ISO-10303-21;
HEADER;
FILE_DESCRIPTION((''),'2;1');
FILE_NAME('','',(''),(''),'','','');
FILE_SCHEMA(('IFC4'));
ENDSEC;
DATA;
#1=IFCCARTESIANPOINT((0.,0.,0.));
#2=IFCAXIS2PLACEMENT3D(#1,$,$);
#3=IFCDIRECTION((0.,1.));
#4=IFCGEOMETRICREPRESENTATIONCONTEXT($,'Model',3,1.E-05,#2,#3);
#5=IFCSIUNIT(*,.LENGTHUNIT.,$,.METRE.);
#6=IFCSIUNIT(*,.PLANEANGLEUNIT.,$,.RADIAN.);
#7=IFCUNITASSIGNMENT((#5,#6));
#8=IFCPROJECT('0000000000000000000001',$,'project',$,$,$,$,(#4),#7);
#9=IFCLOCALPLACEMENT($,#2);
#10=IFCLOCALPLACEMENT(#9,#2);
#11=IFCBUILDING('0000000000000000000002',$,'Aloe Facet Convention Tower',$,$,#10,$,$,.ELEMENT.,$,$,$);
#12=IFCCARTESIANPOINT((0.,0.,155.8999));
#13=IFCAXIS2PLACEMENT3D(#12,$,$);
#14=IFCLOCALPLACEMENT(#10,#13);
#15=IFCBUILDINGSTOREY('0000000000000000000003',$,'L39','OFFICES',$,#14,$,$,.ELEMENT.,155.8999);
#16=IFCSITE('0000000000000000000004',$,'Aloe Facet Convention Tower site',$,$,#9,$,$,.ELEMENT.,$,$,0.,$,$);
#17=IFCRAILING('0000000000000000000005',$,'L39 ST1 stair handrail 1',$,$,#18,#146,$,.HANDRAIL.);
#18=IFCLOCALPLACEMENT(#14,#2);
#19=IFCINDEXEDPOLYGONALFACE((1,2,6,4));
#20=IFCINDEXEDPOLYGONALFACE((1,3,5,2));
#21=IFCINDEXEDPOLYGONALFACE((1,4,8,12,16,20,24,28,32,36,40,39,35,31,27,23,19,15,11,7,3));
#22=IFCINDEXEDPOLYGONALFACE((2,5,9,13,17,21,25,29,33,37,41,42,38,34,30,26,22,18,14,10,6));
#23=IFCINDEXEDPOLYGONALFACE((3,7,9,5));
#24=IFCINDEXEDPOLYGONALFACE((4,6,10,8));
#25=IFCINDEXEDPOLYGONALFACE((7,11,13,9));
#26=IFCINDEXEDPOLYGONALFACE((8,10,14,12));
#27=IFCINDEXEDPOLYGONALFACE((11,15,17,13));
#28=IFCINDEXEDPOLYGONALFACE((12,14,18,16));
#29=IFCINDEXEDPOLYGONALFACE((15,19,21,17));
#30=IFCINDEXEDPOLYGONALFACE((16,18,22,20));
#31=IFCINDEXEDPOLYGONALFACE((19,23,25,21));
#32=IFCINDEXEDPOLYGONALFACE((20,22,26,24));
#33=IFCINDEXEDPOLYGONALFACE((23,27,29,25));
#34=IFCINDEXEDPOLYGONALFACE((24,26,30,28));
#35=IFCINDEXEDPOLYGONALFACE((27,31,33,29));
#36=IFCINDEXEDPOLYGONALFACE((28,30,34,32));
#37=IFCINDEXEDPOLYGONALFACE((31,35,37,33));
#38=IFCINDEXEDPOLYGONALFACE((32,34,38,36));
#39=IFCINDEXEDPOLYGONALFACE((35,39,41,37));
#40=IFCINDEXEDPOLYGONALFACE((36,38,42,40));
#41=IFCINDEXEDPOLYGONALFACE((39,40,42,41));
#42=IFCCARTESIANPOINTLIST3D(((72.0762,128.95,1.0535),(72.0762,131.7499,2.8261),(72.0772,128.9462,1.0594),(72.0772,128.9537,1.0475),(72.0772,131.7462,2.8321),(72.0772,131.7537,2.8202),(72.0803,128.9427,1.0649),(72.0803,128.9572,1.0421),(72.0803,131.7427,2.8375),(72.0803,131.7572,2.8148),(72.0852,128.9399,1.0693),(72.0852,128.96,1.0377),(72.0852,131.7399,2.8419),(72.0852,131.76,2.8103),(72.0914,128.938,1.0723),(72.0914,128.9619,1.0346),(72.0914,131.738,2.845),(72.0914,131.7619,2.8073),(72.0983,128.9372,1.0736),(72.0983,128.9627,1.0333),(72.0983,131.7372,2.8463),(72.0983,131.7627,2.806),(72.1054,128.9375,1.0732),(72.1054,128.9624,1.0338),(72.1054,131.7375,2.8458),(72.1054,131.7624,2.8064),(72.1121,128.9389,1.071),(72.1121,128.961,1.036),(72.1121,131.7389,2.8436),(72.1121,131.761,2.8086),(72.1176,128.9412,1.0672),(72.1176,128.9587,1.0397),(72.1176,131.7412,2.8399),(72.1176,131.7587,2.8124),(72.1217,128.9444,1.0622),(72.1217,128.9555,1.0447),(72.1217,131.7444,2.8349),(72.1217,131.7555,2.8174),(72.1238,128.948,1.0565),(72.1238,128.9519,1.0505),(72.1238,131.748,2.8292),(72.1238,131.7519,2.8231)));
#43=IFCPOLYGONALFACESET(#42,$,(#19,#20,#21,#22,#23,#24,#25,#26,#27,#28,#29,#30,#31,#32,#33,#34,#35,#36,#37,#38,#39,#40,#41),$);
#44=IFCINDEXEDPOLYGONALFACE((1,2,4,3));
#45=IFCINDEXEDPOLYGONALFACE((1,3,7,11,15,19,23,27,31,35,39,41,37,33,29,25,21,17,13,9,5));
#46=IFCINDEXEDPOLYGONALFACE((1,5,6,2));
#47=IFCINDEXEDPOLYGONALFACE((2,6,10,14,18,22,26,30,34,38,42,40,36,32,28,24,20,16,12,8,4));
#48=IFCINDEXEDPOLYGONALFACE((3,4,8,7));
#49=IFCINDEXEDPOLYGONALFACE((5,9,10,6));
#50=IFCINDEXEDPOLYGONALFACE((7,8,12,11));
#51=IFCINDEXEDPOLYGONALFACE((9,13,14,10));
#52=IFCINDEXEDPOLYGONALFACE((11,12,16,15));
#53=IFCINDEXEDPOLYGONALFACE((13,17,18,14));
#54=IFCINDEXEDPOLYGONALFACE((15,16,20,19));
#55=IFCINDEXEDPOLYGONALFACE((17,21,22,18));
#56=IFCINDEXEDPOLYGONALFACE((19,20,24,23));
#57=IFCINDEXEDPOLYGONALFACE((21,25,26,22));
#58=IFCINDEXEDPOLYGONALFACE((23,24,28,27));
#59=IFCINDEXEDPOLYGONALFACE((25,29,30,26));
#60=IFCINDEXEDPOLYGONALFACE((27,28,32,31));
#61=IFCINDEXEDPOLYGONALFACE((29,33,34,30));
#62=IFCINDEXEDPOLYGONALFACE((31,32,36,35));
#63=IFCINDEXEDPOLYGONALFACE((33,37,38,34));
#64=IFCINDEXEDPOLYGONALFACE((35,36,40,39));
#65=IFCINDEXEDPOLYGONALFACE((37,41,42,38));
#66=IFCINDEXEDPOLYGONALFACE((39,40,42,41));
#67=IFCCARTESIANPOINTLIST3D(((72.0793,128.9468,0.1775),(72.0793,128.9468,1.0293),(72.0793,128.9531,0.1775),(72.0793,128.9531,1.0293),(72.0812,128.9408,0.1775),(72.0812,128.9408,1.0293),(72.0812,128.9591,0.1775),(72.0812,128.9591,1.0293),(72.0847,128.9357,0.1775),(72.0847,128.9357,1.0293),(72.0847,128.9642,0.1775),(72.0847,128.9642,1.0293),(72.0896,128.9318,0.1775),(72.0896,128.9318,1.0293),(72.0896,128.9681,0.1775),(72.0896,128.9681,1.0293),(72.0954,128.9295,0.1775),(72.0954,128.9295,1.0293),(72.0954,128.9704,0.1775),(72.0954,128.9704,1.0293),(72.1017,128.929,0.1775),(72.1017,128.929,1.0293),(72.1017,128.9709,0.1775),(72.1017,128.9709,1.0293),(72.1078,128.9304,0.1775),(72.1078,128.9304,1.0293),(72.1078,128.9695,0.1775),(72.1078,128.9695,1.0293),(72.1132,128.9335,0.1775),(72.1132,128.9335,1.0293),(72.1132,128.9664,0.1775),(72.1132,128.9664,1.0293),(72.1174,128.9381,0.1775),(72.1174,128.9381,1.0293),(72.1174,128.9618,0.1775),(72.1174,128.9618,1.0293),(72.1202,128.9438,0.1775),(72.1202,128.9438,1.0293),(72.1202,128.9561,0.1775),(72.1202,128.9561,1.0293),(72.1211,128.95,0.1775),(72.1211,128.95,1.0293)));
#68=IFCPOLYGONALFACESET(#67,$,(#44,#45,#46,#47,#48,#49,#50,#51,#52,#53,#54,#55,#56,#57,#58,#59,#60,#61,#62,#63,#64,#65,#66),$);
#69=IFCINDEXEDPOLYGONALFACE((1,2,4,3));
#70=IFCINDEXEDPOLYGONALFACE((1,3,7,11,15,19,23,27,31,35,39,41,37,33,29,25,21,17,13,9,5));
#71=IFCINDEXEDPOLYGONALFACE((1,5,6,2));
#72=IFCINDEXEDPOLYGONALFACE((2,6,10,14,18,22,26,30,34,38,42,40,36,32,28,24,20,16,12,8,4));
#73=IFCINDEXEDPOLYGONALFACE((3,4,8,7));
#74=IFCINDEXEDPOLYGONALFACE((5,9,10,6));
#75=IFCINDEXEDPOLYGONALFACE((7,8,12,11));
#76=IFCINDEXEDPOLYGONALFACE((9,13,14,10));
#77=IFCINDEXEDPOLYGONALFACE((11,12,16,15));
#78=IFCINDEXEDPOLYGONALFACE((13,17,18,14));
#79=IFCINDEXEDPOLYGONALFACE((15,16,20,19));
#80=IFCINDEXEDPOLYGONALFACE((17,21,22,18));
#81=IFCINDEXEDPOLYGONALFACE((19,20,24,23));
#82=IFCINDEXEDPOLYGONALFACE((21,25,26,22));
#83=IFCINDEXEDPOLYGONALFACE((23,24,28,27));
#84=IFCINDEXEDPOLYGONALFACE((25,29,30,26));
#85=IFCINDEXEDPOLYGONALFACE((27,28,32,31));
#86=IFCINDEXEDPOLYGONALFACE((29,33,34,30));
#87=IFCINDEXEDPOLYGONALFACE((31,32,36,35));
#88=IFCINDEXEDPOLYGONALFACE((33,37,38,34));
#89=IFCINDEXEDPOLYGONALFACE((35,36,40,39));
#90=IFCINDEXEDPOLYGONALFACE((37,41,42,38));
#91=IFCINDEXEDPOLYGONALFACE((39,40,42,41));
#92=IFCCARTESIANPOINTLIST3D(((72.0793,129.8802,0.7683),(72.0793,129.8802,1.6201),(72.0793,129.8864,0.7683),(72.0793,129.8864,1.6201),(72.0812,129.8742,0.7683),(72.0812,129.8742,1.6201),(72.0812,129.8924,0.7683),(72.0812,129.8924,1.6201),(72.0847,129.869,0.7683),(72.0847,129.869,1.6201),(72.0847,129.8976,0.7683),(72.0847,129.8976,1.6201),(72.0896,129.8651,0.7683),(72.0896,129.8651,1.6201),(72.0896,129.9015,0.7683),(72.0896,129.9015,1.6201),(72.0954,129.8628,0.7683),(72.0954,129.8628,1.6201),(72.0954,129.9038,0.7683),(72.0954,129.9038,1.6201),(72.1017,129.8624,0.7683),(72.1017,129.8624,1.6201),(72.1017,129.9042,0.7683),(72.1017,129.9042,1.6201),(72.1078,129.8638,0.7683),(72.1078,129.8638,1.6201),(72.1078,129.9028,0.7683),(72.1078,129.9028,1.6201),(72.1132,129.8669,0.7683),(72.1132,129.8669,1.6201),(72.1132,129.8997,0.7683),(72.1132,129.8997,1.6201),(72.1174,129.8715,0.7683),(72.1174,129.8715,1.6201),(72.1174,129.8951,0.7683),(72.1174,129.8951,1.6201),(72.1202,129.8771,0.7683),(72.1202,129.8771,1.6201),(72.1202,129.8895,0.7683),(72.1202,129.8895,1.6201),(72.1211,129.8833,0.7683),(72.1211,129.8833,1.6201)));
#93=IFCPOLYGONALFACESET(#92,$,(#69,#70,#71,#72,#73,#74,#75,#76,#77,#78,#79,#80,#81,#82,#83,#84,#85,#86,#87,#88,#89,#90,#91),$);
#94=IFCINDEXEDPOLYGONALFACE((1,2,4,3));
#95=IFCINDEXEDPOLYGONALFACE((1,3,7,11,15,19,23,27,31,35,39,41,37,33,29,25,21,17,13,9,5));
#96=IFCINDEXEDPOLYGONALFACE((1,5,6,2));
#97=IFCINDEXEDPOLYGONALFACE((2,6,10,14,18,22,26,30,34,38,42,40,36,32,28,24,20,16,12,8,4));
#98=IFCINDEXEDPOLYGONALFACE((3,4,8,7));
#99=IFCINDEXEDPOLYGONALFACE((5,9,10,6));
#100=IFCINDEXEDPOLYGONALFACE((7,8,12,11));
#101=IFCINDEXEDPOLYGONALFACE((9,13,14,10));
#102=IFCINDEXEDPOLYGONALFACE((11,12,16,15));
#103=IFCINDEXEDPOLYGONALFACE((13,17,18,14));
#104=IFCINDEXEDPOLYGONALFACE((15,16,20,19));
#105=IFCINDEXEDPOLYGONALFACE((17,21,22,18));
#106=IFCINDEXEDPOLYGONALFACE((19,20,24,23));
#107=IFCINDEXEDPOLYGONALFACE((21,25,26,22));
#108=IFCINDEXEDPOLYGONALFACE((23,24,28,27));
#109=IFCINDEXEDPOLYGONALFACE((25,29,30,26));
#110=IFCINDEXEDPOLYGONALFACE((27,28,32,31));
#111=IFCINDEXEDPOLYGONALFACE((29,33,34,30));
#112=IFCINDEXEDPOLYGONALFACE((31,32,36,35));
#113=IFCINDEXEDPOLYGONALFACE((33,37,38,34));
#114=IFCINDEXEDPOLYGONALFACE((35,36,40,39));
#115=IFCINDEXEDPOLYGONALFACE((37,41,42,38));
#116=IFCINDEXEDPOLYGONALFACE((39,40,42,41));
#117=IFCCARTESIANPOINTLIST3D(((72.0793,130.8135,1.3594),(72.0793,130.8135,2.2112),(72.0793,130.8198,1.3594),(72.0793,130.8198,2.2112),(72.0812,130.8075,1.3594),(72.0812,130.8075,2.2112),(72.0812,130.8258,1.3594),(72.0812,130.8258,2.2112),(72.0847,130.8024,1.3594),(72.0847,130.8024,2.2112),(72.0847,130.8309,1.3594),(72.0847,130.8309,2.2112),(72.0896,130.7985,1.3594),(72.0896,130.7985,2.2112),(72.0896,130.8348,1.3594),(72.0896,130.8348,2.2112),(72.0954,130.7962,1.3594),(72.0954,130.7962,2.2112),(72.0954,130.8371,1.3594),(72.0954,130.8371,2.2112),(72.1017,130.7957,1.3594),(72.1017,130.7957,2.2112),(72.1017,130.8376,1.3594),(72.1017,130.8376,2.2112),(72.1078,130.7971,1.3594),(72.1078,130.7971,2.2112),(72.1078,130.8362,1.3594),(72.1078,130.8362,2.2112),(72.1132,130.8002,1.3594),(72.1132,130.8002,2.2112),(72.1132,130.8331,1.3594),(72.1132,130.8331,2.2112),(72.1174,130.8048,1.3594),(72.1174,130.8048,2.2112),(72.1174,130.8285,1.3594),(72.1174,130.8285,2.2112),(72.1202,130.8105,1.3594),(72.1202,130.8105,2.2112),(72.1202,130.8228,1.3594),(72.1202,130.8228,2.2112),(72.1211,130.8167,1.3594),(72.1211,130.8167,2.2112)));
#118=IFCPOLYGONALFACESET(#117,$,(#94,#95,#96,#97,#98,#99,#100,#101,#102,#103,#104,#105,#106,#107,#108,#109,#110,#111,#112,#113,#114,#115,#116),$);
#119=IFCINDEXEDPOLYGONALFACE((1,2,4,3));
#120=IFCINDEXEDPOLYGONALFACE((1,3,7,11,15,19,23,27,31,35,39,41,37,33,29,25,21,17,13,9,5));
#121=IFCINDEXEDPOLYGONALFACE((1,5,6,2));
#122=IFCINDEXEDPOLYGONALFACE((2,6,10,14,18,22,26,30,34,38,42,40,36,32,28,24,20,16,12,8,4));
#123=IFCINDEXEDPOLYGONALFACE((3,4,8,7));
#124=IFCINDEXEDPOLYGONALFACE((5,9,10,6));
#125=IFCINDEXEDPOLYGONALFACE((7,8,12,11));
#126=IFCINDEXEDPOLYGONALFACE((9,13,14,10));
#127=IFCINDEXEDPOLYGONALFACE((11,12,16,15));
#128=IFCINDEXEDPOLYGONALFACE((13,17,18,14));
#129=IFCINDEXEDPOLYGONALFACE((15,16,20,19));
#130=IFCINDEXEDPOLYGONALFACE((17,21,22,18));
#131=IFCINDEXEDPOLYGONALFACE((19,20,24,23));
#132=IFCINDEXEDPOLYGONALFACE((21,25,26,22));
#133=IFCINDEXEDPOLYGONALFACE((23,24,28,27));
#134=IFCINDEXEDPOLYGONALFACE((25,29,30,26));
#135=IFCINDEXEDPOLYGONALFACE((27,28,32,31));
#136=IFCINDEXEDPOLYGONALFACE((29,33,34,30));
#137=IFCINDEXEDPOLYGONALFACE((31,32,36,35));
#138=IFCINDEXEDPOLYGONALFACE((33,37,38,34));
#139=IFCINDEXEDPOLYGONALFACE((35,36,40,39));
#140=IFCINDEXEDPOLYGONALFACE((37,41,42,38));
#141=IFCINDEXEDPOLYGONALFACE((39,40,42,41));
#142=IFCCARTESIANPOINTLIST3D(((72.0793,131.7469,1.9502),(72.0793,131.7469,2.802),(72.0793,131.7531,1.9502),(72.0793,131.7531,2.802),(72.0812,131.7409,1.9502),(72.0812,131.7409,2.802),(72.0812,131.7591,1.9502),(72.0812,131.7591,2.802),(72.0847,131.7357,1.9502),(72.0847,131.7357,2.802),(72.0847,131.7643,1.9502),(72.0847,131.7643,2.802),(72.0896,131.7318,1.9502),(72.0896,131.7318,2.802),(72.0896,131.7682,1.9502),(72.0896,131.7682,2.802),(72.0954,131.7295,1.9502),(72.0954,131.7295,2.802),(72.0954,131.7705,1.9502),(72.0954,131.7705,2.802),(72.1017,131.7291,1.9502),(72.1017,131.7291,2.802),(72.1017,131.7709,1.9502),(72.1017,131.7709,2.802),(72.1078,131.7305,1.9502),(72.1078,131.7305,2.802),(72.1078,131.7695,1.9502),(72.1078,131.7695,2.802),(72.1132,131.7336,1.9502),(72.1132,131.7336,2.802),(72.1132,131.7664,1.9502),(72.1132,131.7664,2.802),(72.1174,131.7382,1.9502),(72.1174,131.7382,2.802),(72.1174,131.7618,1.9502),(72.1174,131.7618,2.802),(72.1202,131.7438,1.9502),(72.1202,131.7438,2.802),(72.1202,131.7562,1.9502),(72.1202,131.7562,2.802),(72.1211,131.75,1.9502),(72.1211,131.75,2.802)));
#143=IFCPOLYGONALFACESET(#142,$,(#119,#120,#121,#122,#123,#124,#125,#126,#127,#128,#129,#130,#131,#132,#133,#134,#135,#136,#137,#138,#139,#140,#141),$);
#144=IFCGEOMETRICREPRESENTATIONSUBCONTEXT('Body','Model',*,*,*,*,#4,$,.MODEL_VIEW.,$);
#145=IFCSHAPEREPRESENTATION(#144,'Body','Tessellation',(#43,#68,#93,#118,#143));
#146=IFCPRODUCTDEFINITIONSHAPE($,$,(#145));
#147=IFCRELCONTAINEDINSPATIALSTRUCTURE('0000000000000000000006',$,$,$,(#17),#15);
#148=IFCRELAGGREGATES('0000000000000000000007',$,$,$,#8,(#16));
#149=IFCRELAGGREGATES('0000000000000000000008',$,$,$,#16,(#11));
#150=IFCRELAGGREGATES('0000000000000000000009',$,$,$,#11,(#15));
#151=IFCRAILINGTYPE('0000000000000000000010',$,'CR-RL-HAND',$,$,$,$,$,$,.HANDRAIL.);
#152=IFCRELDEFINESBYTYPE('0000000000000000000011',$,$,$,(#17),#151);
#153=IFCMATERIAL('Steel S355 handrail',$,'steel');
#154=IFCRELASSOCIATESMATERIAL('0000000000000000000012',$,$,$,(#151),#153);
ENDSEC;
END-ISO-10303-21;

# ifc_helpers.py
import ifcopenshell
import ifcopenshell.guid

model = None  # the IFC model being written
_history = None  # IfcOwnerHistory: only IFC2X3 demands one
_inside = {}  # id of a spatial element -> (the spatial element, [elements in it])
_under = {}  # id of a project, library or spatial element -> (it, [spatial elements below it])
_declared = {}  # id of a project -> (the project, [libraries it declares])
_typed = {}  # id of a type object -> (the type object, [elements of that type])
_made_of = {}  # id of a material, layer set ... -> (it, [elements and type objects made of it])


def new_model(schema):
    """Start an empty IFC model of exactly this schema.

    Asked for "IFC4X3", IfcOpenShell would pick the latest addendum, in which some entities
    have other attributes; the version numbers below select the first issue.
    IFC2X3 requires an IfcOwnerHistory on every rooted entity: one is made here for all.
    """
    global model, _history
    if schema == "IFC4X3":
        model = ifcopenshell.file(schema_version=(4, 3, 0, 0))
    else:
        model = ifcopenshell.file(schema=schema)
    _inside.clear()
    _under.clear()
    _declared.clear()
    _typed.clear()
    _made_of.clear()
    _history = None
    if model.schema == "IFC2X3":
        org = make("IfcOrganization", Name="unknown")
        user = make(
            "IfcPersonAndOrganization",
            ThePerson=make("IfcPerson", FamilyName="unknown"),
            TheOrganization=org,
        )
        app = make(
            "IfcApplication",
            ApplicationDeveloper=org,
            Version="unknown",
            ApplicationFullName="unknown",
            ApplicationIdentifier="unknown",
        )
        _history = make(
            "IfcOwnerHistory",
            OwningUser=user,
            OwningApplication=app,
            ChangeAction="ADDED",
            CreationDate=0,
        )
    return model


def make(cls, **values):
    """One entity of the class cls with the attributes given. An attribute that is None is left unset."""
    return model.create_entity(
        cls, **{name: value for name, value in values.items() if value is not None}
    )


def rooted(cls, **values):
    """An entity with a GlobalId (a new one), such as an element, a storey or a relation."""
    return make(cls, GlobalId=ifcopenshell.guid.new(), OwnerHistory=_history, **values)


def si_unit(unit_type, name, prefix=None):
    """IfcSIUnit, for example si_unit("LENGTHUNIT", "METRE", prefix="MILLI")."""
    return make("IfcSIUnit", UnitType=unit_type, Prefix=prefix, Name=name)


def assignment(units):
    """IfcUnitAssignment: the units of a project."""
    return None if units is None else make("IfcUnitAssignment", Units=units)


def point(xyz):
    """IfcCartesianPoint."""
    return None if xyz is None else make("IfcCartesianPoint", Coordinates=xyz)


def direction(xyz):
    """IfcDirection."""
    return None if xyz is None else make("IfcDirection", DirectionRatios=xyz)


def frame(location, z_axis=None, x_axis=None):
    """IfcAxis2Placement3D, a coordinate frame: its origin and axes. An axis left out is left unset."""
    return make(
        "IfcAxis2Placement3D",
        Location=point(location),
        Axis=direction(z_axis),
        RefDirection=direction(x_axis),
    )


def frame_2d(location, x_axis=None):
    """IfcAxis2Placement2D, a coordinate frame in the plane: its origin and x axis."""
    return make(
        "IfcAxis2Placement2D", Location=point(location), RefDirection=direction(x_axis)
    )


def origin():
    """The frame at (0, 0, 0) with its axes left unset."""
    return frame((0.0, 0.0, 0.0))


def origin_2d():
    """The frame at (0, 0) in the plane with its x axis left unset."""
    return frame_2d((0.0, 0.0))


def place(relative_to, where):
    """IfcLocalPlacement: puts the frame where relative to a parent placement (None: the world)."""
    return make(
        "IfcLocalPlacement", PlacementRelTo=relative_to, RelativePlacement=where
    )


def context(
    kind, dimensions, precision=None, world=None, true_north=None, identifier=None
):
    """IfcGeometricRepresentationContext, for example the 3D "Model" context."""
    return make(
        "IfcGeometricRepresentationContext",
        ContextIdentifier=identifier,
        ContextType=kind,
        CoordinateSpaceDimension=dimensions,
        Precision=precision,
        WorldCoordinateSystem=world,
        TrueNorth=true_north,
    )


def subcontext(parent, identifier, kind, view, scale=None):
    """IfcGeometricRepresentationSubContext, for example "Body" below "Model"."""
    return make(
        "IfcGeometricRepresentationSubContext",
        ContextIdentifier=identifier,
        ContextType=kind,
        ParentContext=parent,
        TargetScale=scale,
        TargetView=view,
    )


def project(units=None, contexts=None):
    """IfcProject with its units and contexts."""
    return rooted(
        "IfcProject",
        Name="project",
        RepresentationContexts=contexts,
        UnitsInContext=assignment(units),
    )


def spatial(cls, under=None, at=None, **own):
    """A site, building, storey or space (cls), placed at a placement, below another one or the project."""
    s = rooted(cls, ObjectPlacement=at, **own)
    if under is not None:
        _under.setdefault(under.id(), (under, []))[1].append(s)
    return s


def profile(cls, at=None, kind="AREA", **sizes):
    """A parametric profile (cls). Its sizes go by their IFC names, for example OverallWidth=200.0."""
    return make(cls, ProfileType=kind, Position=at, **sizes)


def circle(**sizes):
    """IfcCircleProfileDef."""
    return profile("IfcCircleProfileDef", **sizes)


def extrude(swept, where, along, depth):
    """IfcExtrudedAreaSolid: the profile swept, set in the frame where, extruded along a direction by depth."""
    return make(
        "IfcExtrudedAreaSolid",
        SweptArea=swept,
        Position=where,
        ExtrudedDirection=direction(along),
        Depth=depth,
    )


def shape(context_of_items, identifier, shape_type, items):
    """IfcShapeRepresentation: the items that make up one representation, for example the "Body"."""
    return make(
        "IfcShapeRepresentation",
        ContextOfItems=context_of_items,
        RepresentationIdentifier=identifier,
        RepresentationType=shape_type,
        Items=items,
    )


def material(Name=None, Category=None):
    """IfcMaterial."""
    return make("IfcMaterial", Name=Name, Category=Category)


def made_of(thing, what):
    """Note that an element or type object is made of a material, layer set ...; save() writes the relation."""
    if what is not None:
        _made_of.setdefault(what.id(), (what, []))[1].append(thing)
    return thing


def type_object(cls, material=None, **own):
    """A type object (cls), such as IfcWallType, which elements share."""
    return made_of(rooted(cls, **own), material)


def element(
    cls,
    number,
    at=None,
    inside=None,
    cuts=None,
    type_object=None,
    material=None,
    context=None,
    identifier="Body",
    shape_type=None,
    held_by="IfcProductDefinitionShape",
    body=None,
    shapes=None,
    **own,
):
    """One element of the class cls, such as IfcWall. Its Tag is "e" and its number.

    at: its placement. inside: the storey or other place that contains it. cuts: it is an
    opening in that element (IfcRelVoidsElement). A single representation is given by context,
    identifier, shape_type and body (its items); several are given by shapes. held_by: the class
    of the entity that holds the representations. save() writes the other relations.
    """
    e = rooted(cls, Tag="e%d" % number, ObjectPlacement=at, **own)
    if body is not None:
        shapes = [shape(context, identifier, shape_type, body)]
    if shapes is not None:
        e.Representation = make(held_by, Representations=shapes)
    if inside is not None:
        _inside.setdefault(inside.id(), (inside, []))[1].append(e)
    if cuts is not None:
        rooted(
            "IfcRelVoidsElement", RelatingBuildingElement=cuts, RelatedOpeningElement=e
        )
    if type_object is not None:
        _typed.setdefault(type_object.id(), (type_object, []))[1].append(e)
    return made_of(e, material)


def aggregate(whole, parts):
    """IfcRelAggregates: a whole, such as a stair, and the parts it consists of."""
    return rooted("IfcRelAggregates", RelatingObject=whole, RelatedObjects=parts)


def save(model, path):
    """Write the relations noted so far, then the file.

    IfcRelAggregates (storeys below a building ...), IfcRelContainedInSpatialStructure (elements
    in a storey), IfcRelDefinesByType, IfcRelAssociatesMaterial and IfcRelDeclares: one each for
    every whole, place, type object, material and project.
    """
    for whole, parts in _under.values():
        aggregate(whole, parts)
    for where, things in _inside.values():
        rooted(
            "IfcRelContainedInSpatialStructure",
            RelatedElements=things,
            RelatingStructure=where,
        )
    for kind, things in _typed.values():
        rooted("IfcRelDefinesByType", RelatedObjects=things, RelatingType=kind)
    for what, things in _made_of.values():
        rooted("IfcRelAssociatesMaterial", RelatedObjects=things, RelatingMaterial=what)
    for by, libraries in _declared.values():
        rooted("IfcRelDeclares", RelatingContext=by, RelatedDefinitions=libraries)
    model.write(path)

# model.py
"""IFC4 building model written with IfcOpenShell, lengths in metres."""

from ifc_helpers import new_model, si_unit, direction, frame, origin, origin_2d, place, context, subcontext, project, spatial, circle, extrude, material, type_object, element, save


model = new_model("IFC4")

# Units and contexts
model_context = context("Model", 3, precision=1e-05, world=origin(), true_north=direction((0.0, 1.0)))
body_context = subcontext(model_context, "Body", "Model", "MODEL_VIEW")
ifc_project = project(units=[si_unit("LENGTHUNIT", "METRE"), si_unit("PLANEANGLEUNIT", "RADIAN")], contexts=[model_context])

# Site, building, storey
site_placement = place(None, origin())
site = spatial("IfcSite", under=ifc_project, at=site_placement, Name="Aloe Facet Convention Tower site", CompositionType="ELEMENT", RefElevation=0.0)
building_placement = place(site_placement, origin())
building = spatial("IfcBuilding", under=site, at=building_placement, Name="Aloe Facet Convention Tower", CompositionType="ELEMENT")
storey_placement = place(building_placement, frame((0.0, 0.0, 155.8999)))
storey = spatial("IfcBuildingStorey", under=building, at=storey_placement, Name="L39", Description="OFFICES", CompositionType="ELEMENT", Elevation=155.8999)

# Railing
ifc_material_1 = material(Name="Steel S355 handrail", Category="steel")
railing_type_1 = type_object("IfcRailingType", Name="CR-RL-HAND", PredefinedType="HANDRAIL", material=ifc_material_1)
railing_1_placement = place(storey_placement, frame((72.1001, 128.95, 0.1775)))
element("IfcRailing", 1, at=railing_1_placement, inside=storey, type_object=railing_type_1, Name="L39 ST1 stair handrail 1", PredefinedType="HANDRAIL", context=body_context, shape_type="SweptSolid", body=[
    extrude(circle(Radius=0.0239, at=origin_2d()), frame((0.0, 0.0, 0.876), z_axis=(0.0, 0.844909, 0.53491), x_axis=(-1.0, 0.0, 0.0)), (0.0, 0.0, 1.0), 3.314),
    extrude(circle(Radius=0.021, at=origin_2d()), origin(), (0.0, 0.0, 1.0), 0.8518),
    extrude(circle(Radius=0.021, at=origin_2d()), frame((0.0, 0.9333, 0.5908)), (0.0, 0.0, 1.0), 0.8518),
    extrude(circle(Radius=0.021, at=origin_2d()), frame((0.0, 1.8667, 1.1819)), (0.0, 0.0, 1.0), 0.8518),
    extrude(circle(Radius=0.021, at=origin_2d()), frame((0.0, 2.8, 1.7727)), (0.0, 0.0, 1.0), 0.8518),
])

save(model, "model.ifc")
